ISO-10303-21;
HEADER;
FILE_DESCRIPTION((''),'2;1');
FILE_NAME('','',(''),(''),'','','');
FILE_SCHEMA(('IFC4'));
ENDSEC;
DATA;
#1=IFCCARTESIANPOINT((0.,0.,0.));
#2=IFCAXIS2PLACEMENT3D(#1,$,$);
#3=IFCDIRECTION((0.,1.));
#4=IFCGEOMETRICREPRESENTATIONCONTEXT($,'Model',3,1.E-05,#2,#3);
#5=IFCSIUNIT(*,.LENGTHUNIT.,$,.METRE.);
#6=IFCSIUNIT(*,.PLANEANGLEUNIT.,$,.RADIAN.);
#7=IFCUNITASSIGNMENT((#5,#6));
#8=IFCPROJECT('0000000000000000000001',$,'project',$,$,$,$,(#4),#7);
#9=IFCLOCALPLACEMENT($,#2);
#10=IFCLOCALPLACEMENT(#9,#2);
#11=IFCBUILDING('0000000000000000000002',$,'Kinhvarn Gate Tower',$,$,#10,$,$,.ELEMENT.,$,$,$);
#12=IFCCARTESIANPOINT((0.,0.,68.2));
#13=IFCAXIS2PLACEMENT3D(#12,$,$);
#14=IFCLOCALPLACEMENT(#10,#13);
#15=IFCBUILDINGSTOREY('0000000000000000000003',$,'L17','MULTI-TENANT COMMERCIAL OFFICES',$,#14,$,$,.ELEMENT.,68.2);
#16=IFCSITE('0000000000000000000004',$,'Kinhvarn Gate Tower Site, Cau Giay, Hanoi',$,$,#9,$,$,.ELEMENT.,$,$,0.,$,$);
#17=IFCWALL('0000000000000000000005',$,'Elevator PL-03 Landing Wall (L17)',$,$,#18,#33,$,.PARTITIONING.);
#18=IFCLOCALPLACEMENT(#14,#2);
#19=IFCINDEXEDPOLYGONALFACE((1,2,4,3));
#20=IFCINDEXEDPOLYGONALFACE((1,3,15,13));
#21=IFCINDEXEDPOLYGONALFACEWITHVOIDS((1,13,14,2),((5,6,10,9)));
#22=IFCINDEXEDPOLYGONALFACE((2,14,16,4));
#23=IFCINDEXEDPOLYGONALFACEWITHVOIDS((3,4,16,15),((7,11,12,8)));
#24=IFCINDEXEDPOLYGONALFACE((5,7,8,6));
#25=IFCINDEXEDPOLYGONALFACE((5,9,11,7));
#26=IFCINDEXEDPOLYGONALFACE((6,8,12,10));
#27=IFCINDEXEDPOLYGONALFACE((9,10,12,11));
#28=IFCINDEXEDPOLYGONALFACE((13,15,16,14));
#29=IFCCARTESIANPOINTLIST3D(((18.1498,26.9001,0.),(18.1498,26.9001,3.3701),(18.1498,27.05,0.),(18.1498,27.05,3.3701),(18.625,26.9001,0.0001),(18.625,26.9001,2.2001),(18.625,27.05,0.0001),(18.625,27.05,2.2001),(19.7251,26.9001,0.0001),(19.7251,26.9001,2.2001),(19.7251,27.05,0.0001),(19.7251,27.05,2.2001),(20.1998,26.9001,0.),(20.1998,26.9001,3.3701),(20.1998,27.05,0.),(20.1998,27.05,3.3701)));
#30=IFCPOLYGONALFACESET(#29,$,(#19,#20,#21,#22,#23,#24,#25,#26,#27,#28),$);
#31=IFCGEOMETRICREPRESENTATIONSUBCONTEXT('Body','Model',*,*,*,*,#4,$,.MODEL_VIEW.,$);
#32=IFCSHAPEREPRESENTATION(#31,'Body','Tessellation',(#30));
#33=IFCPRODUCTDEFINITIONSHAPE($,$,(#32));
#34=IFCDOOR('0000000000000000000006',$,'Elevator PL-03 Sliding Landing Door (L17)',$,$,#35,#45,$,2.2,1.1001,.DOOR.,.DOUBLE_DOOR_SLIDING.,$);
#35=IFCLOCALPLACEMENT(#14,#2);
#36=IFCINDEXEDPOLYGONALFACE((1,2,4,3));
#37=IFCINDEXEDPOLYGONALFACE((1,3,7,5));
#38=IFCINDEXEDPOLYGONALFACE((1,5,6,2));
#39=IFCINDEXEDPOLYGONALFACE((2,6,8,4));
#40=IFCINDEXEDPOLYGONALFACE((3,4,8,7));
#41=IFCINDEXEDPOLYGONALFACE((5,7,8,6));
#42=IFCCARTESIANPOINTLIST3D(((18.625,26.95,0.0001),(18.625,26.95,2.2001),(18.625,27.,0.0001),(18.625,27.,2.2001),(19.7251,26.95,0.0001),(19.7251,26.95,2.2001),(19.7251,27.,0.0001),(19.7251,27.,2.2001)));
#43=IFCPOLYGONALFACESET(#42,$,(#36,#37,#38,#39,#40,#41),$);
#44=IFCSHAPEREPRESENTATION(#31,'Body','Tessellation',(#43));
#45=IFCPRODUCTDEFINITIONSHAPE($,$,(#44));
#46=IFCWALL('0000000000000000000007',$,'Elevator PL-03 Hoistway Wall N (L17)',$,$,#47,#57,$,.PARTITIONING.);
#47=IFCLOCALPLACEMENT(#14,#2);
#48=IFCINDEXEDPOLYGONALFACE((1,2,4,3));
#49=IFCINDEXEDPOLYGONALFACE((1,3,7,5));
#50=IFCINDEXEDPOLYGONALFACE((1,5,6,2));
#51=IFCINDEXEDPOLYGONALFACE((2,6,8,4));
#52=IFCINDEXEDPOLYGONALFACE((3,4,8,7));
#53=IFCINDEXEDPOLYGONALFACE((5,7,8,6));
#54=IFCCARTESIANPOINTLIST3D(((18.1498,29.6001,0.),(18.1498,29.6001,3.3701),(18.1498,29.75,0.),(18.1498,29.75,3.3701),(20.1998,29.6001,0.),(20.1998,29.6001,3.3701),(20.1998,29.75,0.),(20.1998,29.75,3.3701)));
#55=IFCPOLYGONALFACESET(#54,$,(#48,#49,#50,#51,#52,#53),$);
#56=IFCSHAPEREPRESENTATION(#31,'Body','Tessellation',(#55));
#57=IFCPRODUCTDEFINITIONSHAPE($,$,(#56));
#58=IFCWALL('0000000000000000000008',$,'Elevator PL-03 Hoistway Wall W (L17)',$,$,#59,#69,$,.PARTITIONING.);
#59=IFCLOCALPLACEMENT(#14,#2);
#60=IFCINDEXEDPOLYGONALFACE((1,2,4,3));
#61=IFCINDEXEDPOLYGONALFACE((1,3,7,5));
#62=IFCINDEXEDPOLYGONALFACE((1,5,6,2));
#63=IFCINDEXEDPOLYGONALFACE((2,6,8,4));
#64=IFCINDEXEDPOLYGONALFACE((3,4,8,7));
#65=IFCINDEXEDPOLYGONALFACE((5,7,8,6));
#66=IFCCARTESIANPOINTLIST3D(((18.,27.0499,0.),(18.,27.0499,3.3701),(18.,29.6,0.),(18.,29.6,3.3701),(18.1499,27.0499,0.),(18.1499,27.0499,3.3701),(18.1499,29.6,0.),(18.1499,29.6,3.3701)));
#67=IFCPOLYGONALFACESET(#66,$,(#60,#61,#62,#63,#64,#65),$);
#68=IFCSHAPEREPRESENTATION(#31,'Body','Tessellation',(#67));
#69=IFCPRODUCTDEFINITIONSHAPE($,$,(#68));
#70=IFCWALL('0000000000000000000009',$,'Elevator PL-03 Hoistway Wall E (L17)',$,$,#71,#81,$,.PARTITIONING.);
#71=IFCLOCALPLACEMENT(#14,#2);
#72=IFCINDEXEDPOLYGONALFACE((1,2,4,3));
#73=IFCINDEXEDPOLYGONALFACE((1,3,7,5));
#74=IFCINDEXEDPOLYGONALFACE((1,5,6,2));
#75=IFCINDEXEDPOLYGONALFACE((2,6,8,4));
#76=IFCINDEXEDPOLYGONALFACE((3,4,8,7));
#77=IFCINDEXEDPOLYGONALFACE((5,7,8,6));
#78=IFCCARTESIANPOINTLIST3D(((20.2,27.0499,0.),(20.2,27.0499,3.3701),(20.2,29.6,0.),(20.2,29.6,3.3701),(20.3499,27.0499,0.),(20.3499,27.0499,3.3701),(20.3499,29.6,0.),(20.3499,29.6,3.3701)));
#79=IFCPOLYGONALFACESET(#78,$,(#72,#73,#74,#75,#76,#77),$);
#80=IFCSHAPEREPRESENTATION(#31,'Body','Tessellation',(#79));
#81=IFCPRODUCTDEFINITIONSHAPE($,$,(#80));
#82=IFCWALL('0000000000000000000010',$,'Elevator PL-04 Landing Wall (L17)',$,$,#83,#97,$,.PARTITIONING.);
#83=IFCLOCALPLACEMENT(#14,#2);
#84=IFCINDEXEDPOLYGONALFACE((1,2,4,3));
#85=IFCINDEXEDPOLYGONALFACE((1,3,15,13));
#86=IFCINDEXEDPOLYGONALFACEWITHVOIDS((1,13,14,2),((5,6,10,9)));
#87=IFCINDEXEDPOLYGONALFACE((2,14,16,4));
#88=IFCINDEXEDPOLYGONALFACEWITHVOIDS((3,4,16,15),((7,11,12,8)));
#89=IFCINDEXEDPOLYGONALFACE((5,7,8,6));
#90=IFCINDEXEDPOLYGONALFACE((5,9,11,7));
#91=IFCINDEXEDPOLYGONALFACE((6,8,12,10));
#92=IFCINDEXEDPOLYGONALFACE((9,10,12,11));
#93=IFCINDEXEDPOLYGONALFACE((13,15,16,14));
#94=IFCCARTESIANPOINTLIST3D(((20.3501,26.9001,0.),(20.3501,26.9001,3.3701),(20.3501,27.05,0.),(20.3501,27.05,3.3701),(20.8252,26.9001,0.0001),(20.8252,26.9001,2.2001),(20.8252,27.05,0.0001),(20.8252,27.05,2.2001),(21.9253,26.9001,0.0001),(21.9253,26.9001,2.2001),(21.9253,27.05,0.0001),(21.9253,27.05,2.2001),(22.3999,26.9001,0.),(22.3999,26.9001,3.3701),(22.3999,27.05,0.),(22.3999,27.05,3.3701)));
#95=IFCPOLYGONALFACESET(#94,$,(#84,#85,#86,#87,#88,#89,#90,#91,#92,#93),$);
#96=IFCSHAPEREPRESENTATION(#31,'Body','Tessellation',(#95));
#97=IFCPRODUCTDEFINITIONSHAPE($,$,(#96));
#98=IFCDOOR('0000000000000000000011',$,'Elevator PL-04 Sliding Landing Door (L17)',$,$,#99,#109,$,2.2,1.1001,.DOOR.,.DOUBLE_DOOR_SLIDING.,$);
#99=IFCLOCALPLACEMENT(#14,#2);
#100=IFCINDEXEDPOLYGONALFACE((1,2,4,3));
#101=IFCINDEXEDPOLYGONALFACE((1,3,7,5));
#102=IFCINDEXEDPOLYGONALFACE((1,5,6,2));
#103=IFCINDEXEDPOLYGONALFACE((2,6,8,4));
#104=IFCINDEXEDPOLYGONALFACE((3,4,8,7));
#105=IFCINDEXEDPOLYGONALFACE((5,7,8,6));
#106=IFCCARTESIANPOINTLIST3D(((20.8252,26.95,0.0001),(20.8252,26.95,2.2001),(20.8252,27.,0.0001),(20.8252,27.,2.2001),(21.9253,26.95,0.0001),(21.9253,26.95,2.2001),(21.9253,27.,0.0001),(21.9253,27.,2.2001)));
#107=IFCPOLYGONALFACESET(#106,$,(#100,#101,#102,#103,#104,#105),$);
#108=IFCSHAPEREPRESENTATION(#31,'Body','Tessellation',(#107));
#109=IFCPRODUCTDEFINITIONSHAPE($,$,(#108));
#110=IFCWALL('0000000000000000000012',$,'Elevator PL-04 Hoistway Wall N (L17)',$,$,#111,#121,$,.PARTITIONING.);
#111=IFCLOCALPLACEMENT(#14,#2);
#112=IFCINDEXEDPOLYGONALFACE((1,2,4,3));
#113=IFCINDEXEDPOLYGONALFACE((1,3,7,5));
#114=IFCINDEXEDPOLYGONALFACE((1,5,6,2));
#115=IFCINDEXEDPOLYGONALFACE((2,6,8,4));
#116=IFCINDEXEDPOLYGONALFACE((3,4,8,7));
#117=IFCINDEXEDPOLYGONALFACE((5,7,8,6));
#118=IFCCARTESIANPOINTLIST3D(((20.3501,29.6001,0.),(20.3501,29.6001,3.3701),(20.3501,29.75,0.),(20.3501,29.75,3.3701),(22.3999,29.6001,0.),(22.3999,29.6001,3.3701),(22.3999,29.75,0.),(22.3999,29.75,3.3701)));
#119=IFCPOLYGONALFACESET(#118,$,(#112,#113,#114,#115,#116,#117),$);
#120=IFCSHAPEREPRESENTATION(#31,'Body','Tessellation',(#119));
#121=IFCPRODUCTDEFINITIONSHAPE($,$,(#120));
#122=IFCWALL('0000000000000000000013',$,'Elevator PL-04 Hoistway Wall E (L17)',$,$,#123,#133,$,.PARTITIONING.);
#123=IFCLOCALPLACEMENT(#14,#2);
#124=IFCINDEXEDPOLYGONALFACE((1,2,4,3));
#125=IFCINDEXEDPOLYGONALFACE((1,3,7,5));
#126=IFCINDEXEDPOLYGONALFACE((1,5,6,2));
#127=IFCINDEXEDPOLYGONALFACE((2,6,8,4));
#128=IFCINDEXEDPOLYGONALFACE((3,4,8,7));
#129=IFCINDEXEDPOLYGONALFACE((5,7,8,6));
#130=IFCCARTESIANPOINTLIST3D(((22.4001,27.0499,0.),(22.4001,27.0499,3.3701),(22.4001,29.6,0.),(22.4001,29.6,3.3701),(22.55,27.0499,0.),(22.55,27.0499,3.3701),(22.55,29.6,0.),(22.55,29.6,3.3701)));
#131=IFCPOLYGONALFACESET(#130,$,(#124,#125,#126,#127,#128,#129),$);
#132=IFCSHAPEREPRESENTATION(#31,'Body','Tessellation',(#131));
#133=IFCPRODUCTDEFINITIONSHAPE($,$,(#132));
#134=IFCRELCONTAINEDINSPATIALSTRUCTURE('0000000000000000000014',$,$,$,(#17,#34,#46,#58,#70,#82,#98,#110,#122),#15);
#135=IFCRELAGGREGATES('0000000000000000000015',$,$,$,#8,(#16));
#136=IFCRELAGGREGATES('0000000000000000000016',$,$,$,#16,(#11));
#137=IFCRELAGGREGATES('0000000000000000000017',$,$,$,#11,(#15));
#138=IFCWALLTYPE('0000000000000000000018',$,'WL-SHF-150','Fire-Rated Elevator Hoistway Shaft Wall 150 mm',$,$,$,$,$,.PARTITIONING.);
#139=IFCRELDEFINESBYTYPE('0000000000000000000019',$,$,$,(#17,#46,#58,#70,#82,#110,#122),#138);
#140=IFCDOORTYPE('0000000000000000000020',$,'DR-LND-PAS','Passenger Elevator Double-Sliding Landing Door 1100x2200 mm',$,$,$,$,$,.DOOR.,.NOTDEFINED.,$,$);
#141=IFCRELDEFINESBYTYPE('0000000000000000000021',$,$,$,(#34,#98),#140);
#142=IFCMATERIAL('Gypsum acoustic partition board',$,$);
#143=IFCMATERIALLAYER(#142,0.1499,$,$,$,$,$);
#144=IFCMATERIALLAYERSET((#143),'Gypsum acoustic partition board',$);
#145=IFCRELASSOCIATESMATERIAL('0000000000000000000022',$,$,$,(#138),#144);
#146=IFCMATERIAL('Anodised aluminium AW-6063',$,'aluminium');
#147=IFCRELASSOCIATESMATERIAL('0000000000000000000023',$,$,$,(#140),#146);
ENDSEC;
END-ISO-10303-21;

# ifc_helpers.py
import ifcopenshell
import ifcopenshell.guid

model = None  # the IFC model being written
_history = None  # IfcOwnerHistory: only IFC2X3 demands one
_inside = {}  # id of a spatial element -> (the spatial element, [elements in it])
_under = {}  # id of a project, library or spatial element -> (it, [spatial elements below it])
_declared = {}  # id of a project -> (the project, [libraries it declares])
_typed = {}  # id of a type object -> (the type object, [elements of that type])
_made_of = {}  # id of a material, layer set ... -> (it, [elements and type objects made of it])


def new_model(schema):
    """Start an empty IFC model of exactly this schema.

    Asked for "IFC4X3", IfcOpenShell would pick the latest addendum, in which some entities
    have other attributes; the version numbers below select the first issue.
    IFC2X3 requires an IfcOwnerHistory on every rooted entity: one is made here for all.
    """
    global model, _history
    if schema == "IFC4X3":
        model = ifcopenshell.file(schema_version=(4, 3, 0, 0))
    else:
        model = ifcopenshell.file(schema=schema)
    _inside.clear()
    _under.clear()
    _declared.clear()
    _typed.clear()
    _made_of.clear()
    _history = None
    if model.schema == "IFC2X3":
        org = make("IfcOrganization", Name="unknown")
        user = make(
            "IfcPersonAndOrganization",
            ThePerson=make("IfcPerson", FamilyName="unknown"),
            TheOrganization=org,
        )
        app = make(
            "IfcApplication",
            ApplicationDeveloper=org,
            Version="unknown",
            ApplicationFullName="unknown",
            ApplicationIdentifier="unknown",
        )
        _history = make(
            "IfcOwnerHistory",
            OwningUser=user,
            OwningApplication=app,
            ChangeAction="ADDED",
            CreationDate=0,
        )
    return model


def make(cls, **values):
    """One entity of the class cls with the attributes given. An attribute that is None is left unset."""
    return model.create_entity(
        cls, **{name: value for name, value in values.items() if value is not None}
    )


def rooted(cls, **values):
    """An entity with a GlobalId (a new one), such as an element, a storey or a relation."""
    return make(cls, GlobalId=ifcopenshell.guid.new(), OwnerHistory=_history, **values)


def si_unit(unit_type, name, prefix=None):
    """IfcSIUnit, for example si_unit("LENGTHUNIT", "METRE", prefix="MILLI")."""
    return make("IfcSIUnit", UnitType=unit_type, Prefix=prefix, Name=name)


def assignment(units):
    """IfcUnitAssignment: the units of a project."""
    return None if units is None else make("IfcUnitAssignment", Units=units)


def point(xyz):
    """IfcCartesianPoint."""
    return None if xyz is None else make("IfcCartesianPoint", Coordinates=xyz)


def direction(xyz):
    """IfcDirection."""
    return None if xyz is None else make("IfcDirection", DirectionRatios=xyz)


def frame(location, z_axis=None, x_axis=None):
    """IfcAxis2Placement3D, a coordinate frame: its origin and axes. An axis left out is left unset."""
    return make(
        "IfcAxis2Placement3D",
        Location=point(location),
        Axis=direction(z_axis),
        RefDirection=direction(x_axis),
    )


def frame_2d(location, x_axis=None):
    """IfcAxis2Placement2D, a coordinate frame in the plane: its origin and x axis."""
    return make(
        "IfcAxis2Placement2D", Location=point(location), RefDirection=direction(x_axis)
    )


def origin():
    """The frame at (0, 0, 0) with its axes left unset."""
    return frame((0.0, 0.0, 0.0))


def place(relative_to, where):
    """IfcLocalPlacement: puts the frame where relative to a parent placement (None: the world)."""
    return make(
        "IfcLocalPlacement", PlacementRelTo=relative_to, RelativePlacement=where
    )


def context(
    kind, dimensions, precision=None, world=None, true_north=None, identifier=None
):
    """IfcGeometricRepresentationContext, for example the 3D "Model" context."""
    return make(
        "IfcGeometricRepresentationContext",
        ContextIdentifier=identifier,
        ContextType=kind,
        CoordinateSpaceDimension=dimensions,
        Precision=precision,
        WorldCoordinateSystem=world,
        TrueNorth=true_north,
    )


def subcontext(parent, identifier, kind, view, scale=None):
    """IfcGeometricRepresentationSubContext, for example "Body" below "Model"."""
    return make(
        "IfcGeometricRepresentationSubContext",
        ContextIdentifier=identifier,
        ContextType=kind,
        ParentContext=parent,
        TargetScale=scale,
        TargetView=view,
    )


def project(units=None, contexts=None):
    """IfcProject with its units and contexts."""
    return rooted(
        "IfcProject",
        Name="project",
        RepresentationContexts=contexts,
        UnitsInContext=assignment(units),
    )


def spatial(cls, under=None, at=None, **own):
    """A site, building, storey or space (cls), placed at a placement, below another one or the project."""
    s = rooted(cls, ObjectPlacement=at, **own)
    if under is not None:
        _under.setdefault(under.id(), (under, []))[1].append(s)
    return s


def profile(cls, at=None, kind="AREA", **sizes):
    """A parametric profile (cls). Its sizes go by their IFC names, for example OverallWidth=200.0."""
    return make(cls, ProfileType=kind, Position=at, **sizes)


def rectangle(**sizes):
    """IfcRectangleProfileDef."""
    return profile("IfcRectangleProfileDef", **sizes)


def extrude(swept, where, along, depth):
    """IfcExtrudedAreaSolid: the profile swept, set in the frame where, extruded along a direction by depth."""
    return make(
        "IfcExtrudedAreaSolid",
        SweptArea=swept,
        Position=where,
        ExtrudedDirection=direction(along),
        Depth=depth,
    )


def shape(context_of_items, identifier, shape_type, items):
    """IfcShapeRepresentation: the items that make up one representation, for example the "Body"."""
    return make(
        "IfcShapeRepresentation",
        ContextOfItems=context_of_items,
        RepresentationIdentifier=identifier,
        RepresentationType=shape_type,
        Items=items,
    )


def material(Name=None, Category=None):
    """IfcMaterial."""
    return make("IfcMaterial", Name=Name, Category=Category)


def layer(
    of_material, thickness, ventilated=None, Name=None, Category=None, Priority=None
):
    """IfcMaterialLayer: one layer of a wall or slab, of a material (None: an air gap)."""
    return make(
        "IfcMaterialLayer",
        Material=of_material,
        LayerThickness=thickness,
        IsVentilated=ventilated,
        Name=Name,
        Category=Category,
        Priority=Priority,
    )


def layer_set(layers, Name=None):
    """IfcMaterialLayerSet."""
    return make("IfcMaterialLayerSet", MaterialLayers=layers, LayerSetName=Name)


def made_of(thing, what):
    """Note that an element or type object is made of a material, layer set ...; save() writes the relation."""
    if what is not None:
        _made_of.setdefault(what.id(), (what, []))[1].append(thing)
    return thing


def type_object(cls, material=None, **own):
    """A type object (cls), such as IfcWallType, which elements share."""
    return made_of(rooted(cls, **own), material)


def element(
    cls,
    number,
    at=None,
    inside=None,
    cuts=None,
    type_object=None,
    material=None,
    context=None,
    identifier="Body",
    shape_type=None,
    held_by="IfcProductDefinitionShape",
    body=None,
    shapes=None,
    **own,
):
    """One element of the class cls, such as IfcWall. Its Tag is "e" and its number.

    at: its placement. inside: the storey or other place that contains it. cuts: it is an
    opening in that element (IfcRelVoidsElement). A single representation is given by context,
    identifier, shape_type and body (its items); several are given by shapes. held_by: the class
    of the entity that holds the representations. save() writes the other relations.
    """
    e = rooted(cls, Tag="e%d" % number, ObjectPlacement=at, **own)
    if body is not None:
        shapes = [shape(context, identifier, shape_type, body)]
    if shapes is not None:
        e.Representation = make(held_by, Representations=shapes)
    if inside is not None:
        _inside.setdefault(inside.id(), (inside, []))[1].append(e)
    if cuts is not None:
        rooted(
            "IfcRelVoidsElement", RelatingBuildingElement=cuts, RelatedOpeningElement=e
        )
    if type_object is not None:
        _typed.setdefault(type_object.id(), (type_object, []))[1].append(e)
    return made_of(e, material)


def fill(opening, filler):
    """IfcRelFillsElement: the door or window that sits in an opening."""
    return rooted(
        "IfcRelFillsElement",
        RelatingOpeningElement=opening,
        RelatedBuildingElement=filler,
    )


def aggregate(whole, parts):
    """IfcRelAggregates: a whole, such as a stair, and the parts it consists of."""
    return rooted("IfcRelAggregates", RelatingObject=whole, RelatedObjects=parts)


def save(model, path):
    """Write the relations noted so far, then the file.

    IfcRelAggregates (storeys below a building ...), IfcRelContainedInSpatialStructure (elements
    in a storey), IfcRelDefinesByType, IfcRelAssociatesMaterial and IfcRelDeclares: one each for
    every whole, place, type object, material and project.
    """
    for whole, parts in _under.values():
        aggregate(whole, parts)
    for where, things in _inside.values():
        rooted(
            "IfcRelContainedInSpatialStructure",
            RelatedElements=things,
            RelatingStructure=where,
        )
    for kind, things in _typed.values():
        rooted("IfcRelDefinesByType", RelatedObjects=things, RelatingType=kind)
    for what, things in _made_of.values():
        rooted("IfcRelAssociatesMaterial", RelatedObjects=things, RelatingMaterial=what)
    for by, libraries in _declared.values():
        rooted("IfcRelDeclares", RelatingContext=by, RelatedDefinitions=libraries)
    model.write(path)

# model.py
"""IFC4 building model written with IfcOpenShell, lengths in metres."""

from ifc_helpers import new_model, si_unit, direction, frame, frame_2d, origin, place, context, subcontext, project, spatial, rectangle, extrude, material, layer, layer_set, type_object, element, fill, save


model = new_model("IFC4")

# Units and contexts
model_context = context("Model", 3, precision=1e-05, world=origin(), true_north=direction((0.0, 1.0)))
body_context = subcontext(model_context, "Body", "Model", "MODEL_VIEW")
ifc_project = project(units=[si_unit("LENGTHUNIT", "METRE"), si_unit("PLANEANGLEUNIT", "RADIAN")], contexts=[model_context])

# Site, building, storey
site_placement = place(None, origin())
site = spatial("IfcSite", under=ifc_project, at=site_placement, Name="Kinhvarn Gate Tower Site, Cau Giay, Hanoi", CompositionType="ELEMENT", RefElevation=0.0)
building_placement = place(site_placement, origin())
building = spatial("IfcBuilding", under=site, at=building_placement, Name="Kinhvarn Gate Tower", CompositionType="ELEMENT")
storey_placement = place(building_placement, frame((0.0, 0.0, 68.2)))
storey = spatial("IfcBuildingStorey", under=building, at=storey_placement, Name="L17", Description="MULTI-TENANT COMMERCIAL OFFICES", CompositionType="ELEMENT", Elevation=68.2)

# Shared definitions
ifc_material_1 = material(Name="Gypsum acoustic partition board")

# Shared definitions
ifc_material_2 = material(Name="Anodised aluminium AW-6063", Category="aluminium")

# Wall, opening, door
ifc_layer_1 = layer(ifc_material_1, 0.1499)
ifc_layer_set_1 = layer_set([ifc_layer_1], Name="Gypsum acoustic partition board")
wall_type_1 = type_object("IfcWallType", Name="WL-SHF-150", Description="Fire-Rated Elevator Hoistway Shaft Wall 150 mm", PredefinedType="PARTITIONING", material=ifc_layer_set_1)
wall_1_placement = place(storey_placement, frame((18.1499, 26.9751, 0.0), z_axis=(0.0, 0.0, 1.0), x_axis=(1.0, 0.0, 0.0)))
wall_1 = element("IfcWall", 1, at=wall_1_placement, inside=storey, type_object=wall_type_1, Name="Elevator PL-03 Landing Wall (L17)", PredefinedType="PARTITIONING", context=body_context, shape_type="SweptSolid", body=[
    extrude(rectangle(XDim=2.05, YDim=0.1499, at=frame_2d((1.0249, 0.0))), origin(), (0.0, 0.0, 1.0), 3.3701),
])
opening_1_placement = place(wall_1_placement, frame((0.4751, 0.0, 0.0)))
opening_1 = element("IfcOpeningElement", 2, at=opening_1_placement, cuts=wall_1, PredefinedType="OPENING", context=body_context, shape_type="SweptSolid", body=[
    extrude(rectangle(XDim=1.1001, YDim=2.2, at=frame_2d((0.55, 1.1001))), frame((0.0, 0.085, 0.0), z_axis=(0.0, -1.0, 0.0), x_axis=(1.0, 0.0, 0.0)), (0.0, 0.0, 1.0), 0.1699),
])
door_type_1 = type_object("IfcDoorType", Name="DR-LND-PAS", Description="Passenger Elevator Double-Sliding Landing Door 1100x2200 mm", OperationType="NOTDEFINED", PredefinedType="DOOR", material=ifc_material_2)
door_1_placement = place(opening_1_placement, origin())
door_1 = element("IfcDoor", 3, at=door_1_placement, inside=storey, type_object=door_type_1, Name="Elevator PL-03 Sliding Landing Door (L17)", OperationType="DOUBLE_DOOR_SLIDING", OverallHeight=2.2, OverallWidth=1.1001, PredefinedType="DOOR", context=body_context, shape_type="SweptSolid", body=[
    extrude(rectangle(XDim=1.1001, YDim=2.2, at=frame_2d((0.55, 1.1001))), frame((0.0, 0.0249, 0.0), z_axis=(0.0, -1.0, 0.0), x_axis=(1.0, 0.0, 0.0)), (0.0, 0.0, 1.0), 0.05),
])
fill(opening_1, door_1)

# Walls
wall_2_placement = place(storey_placement, frame((18.1499, 29.675, 0.0), z_axis=(0.0, 0.0, 1.0), x_axis=(1.0, 0.0, 0.0)))
element("IfcWall", 4, at=wall_2_placement, inside=storey, type_object=wall_type_1, Name="Elevator PL-03 Hoistway Wall N (L17)", PredefinedType="PARTITIONING", context=body_context, shape_type="SweptSolid", body=[
    extrude(rectangle(XDim=2.05, YDim=0.1499, at=frame_2d((1.0249, 0.0))), origin(), (0.0, 0.0, 1.0), 3.3701),
])
for number, where, z_axis, x_axis, name in (
    (5, (18.075, 27.05, 0.0), (0.0, 0.0, 1.0), (0.0, 1.0, 0.0), "Elevator PL-03 Hoistway Wall W (L17)"),
    (6, (20.2749, 27.05, 0.0), (0.0, 0.0, 1.0), (0.0, 1.0, 0.0), "Elevator PL-03 Hoistway Wall E (L17)"),
):
    element("IfcWall", number, at=place(storey_placement, frame(where, z_axis=z_axis, x_axis=x_axis)), inside=storey, type_object=wall_type_1, Name=name, PredefinedType="PARTITIONING", context=body_context, shape_type="SweptSolid", body=[
        extrude(rectangle(XDim=2.55, YDim=0.1499, at=frame_2d((1.2749, 0.0))), origin(), (0.0, 0.0, 1.0), 3.3701),
    ])

# Wall, opening, door
wall_3_placement = place(storey_placement, frame((20.3501, 26.9751, 0.0), z_axis=(0.0, 0.0, 1.0), x_axis=(1.0, 0.0, 0.0)))
wall_3 = element("IfcWall", 7, at=wall_3_placement, inside=storey, type_object=wall_type_1, Name="Elevator PL-04 Landing Wall (L17)", PredefinedType="PARTITIONING", context=body_context, shape_type="SweptSolid", body=[
    extrude(rectangle(XDim=2.0498, YDim=0.1499, at=frame_2d((1.0249, 0.0))), origin(), (0.0, 0.0, 1.0), 3.3701),
])
opening_2_placement = place(wall_3_placement, frame((0.4751, 0.0, 0.0)))
opening_2 = element("IfcOpeningElement", 8, at=opening_2_placement, cuts=wall_3, PredefinedType="OPENING", context=body_context, shape_type="SweptSolid", body=[
    extrude(rectangle(XDim=1.1001, YDim=2.2, at=frame_2d((0.55, 1.1001))), frame((0.0, 0.085, 0.0), z_axis=(0.0, -1.0, 0.0), x_axis=(1.0, 0.0, 0.0)), (0.0, 0.0, 1.0), 0.1699),
])
door_2_placement = place(opening_2_placement, origin())
door_2 = element("IfcDoor", 9, at=door_2_placement, inside=storey, type_object=door_type_1, Name="Elevator PL-04 Sliding Landing Door (L17)", OperationType="DOUBLE_DOOR_SLIDING", OverallHeight=2.2, OverallWidth=1.1001, PredefinedType="DOOR", context=body_context, shape_type="SweptSolid", body=[
    extrude(rectangle(XDim=1.1001, YDim=2.2, at=frame_2d((0.55, 1.1001))), frame((0.0, 0.0249, 0.0), z_axis=(0.0, -1.0, 0.0), x_axis=(1.0, 0.0, 0.0)), (0.0, 0.0, 1.0), 0.05),
])
fill(opening_2, door_2)

# Walls
wall_4_placement = place(storey_placement, frame((20.3501, 29.675, 0.0), z_axis=(0.0, 0.0, 1.0), x_axis=(1.0, 0.0, 0.0)))
element("IfcWall", 10, at=wall_4_placement, inside=storey, type_object=wall_type_1, Name="Elevator PL-04 Hoistway Wall N (L17)", PredefinedType="PARTITIONING", context=body_context, shape_type="SweptSolid", body=[
    extrude(rectangle(XDim=2.0498, YDim=0.1499, at=frame_2d((1.0249, 0.0))), origin(), (0.0, 0.0, 1.0), 3.3701),
])
wall_5_placement = place(storey_placement, frame((22.4751, 27.05, 0.0), z_axis=(0.0, 0.0, 1.0), x_axis=(0.0, 1.0, 0.0)))
element("IfcWall", 11, at=wall_5_placement, inside=storey, type_object=wall_type_1, Name="Elevator PL-04 Hoistway Wall E (L17)", PredefinedType="PARTITIONING", context=body_context, shape_type="SweptSolid", body=[
    extrude(rectangle(XDim=2.55, YDim=0.1499, at=frame_2d((1.2749, 0.0))), origin(), (0.0, 0.0, 1.0), 3.3701),
])

save(model, "model.ifc")
